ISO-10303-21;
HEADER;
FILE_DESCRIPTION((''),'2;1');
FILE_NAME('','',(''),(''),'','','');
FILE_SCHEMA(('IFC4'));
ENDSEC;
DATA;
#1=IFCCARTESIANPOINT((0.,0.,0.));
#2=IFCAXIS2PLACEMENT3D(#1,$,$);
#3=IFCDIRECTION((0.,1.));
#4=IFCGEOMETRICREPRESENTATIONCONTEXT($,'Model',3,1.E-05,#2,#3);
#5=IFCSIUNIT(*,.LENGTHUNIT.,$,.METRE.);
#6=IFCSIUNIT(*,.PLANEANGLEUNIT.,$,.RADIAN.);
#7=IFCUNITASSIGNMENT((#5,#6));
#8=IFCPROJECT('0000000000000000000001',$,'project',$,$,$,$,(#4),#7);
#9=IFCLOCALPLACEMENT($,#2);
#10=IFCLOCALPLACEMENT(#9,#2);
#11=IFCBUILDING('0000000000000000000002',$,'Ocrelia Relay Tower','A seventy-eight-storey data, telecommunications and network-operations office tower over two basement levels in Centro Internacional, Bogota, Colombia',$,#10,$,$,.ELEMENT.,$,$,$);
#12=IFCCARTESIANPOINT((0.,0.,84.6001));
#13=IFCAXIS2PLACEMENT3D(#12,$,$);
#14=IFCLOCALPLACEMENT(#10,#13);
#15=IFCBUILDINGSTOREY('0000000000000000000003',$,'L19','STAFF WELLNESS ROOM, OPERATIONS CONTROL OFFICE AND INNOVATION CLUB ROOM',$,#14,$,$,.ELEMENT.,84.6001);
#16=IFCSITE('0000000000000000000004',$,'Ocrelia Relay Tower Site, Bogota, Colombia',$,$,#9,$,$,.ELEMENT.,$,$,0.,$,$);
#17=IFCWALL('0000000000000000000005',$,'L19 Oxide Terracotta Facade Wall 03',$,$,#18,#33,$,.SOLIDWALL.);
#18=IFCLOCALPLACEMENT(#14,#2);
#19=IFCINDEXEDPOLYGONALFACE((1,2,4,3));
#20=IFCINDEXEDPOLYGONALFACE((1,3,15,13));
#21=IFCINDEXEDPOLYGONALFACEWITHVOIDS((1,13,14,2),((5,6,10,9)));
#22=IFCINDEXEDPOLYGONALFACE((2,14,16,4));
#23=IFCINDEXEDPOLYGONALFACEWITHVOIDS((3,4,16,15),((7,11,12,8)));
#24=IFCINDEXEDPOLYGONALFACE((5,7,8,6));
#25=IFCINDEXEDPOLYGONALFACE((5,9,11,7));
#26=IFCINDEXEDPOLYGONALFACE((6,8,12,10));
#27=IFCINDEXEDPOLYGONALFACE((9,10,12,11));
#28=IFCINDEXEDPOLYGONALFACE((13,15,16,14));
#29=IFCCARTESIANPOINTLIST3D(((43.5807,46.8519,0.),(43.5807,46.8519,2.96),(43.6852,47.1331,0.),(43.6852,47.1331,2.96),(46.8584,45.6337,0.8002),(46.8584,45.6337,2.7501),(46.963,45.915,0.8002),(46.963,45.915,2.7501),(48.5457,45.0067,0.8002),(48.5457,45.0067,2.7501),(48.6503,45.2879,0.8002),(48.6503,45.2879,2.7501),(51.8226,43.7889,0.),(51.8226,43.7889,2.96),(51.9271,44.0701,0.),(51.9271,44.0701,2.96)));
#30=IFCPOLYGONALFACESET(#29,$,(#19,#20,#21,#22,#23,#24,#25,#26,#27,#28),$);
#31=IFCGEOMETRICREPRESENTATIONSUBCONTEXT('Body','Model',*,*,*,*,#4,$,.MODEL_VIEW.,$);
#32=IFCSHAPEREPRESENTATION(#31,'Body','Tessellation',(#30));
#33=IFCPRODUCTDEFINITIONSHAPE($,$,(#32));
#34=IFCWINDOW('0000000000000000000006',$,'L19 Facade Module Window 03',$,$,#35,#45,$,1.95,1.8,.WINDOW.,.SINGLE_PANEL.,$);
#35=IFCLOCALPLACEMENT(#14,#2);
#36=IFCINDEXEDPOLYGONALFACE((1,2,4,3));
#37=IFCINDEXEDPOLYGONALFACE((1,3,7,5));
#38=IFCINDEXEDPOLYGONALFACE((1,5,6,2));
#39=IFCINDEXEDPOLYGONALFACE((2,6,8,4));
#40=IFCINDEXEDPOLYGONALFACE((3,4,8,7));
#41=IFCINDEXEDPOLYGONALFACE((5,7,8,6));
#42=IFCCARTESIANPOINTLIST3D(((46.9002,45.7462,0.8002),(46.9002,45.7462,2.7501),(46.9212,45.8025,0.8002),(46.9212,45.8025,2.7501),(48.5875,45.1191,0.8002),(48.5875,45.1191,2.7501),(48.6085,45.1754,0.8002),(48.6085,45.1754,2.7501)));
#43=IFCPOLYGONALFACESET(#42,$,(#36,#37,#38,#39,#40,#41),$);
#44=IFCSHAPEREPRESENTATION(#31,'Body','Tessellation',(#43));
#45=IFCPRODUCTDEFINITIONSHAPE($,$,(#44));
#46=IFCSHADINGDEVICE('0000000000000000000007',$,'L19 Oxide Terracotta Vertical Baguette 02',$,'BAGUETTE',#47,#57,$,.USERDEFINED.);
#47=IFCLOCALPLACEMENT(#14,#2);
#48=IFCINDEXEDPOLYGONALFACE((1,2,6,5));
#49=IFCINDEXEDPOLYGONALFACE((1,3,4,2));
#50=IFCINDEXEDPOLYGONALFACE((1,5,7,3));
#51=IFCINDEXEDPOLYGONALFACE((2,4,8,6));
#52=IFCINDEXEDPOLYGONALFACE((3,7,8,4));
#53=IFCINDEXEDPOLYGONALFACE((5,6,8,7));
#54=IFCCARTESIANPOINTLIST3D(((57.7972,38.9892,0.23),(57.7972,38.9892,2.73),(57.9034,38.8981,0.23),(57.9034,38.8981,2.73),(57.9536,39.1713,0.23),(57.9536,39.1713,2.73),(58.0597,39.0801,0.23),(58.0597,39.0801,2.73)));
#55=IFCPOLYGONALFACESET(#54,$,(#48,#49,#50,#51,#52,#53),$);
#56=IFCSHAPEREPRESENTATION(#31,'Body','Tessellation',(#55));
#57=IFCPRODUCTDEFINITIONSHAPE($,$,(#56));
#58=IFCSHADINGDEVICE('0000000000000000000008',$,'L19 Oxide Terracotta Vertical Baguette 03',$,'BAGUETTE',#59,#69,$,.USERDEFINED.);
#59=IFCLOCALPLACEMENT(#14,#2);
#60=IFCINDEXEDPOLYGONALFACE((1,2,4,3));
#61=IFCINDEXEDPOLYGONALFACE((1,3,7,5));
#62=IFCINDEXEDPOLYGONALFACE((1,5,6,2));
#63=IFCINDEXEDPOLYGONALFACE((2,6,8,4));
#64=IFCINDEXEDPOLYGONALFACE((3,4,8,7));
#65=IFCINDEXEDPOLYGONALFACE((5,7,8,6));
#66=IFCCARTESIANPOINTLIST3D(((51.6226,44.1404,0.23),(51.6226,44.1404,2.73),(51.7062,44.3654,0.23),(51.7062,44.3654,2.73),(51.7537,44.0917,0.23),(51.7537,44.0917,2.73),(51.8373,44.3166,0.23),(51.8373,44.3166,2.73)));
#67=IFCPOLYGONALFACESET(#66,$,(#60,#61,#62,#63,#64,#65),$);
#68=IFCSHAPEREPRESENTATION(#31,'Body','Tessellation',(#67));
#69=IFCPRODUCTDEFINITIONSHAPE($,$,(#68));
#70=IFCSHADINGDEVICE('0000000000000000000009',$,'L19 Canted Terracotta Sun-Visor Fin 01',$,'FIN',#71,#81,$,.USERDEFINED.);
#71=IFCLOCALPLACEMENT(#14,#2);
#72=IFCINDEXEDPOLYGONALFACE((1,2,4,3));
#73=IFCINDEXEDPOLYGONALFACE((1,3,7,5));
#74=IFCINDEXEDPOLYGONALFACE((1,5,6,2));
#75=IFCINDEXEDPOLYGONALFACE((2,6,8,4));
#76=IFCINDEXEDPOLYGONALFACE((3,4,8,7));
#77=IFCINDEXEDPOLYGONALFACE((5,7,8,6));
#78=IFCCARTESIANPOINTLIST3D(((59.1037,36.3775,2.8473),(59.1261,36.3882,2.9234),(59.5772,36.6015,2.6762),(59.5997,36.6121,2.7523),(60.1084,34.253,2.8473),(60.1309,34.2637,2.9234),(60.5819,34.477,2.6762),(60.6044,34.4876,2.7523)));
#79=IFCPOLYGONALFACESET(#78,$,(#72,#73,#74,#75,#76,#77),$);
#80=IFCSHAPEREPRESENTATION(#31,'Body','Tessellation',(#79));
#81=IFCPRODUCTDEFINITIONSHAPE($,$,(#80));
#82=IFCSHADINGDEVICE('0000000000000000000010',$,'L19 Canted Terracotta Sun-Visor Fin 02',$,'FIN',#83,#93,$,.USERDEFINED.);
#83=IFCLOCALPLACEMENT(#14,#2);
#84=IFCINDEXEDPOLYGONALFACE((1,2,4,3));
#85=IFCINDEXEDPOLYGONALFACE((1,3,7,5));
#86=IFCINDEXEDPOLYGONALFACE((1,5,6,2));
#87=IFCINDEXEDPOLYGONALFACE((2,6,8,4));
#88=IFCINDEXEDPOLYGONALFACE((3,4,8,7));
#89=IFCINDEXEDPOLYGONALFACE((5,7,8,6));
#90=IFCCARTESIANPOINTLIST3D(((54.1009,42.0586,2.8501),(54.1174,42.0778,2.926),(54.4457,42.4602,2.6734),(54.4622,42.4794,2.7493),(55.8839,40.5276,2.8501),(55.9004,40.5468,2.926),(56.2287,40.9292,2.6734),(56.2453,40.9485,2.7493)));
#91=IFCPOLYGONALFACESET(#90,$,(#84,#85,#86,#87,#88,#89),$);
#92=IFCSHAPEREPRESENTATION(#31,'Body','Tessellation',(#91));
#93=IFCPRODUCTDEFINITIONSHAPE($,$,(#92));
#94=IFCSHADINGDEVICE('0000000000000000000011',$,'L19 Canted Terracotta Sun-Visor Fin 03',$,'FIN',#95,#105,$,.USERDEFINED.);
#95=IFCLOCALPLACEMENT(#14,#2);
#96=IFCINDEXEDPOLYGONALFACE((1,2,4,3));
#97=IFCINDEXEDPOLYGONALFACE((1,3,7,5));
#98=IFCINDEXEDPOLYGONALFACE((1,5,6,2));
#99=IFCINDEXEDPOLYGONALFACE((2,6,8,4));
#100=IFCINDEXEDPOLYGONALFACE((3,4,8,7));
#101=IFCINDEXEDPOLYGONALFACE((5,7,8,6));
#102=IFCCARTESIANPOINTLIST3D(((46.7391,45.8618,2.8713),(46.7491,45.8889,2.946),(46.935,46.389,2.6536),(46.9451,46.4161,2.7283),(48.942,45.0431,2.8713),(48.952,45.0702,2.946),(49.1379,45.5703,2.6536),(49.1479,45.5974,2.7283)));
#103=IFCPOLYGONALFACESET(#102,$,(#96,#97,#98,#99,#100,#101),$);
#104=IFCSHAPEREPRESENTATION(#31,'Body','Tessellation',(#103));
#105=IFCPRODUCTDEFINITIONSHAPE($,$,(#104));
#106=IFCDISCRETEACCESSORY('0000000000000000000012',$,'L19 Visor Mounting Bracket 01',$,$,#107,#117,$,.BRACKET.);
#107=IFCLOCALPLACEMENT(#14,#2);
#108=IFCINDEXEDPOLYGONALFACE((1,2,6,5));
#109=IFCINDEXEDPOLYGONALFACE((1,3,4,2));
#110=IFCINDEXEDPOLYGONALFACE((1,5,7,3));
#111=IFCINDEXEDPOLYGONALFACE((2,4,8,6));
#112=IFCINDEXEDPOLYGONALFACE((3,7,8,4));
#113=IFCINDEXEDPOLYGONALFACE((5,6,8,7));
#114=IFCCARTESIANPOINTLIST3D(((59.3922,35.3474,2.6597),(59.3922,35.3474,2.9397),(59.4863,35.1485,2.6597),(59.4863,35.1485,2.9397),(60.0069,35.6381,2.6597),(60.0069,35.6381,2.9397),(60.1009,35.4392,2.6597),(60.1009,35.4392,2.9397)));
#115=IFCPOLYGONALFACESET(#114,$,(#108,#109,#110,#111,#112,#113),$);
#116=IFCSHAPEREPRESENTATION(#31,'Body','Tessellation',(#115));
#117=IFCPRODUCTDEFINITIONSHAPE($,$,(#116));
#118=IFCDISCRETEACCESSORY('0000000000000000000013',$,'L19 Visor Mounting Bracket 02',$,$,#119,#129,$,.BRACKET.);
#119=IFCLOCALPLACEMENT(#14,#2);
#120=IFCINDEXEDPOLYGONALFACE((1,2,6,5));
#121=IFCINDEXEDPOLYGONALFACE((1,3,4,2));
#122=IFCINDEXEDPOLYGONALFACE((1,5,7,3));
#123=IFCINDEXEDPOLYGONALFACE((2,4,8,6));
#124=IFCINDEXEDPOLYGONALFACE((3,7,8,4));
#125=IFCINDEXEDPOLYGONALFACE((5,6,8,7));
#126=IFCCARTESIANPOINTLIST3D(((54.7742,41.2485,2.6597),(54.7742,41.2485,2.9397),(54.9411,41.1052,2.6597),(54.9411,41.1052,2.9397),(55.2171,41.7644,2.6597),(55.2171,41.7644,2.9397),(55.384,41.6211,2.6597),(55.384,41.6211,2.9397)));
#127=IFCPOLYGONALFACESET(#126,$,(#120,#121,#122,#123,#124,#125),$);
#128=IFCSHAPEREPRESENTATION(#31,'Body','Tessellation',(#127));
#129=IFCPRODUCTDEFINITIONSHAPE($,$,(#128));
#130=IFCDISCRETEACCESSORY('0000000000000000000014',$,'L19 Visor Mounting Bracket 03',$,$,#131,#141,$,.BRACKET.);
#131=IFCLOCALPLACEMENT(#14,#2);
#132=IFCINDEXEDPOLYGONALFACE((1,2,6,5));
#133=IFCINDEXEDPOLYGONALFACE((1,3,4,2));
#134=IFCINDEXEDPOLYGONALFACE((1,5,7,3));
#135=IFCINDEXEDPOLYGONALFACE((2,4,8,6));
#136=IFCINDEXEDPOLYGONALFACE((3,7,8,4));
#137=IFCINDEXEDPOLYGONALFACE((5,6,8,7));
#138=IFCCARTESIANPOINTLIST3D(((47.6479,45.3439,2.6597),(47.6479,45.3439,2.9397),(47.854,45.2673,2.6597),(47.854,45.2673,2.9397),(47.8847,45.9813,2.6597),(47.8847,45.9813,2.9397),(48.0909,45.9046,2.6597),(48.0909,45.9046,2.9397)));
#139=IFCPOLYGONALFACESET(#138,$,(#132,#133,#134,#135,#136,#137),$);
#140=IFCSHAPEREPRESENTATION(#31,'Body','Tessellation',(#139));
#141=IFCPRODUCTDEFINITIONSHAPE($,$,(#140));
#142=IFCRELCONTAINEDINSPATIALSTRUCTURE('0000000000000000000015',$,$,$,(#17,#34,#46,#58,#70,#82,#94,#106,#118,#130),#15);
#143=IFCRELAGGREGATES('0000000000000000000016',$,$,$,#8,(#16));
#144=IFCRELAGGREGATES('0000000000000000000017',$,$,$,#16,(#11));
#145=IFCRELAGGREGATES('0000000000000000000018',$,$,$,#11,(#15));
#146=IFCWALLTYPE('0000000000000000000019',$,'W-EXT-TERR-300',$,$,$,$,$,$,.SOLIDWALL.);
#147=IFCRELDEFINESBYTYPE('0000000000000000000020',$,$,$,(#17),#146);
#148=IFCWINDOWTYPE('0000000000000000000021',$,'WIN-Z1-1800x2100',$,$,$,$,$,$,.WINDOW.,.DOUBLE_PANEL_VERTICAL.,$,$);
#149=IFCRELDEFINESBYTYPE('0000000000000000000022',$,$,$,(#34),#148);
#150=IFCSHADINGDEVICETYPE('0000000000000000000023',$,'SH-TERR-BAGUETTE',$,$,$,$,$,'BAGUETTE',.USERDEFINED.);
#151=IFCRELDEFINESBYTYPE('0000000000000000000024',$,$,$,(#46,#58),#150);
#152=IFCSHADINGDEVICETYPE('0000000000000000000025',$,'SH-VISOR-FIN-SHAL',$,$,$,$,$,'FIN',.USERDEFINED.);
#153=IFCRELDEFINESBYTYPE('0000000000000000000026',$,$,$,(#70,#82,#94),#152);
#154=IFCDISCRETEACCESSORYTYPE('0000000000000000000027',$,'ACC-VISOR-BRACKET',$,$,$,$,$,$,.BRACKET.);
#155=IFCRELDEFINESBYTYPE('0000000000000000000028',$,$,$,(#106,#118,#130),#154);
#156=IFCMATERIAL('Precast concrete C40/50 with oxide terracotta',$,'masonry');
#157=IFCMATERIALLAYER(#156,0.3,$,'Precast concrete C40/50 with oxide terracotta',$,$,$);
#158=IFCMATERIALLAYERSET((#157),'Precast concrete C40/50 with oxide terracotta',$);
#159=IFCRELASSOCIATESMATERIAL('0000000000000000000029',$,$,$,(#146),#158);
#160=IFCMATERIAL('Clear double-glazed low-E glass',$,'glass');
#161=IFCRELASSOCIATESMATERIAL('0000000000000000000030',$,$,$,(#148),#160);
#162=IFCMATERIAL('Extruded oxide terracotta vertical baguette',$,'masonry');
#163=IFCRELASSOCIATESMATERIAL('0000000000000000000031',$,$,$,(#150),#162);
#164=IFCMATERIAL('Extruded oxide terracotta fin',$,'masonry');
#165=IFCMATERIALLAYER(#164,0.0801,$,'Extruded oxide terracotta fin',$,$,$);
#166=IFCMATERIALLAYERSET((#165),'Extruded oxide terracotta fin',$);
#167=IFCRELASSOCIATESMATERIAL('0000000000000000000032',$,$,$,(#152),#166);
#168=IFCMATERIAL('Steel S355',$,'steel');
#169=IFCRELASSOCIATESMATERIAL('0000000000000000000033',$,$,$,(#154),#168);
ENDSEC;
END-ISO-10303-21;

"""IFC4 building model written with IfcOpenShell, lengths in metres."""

from ifc_helpers import new_model, si_unit, direction, frame, frame_2d, origin, origin_2d, place, context, subcontext, project, spatial, rectangle, extrude, material, layer, layer_set, type_object, element, fill, save


model = new_model("IFC4")

# Units and contexts
model_context = context("Model", 3, precision=1e-05, world=origin(), true_north=direction((0.0, 1.0)))
body_context = subcontext(model_context, "Body", "Model", "MODEL_VIEW")
ifc_project = project(units=[si_unit("LENGTHUNIT", "METRE"), si_unit("PLANEANGLEUNIT", "RADIAN")], contexts=[model_context])

# Site, building, storey
site_placement = place(None, origin())
site = spatial("IfcSite", under=ifc_project, at=site_placement, Name="Ocrelia Relay Tower Site, Bogota, Colombia", CompositionType="ELEMENT", RefElevation=0.0)
building_placement = place(site_placement, origin())
building = spatial("IfcBuilding", under=site, at=building_placement, Name="Ocrelia Relay Tower", Description="A seventy-eight-storey data, telecommunications and network-operations office tower over two basement levels in Centro Internacional, Bogota, Colombia", CompositionType="ELEMENT")
storey_placement = place(building_placement, frame((0.0, 0.0, 84.6001)))
storey = spatial("IfcBuildingStorey", under=building, at=storey_placement, Name="L19", Description="STAFF WELLNESS ROOM, OPERATIONS CONTROL OFFICE AND INNOVATION CLUB ROOM", CompositionType="ELEMENT", Elevation=84.6001)

# Shared definitions
ifc_material_1 = material(Name="Steel S355", Category="steel")

# Shared definitions
ifc_material_2 = material(Name="Clear double-glazed low-E glass", Category="glass")

# Wall, opening, window
ifc_material_3 = material(Name="Precast concrete C40/50 with oxide terracotta", Category="masonry")
ifc_layer_1 = layer(ifc_material_3, 0.3, Name="Precast concrete C40/50 with oxide terracotta")
ifc_layer_set_1 = layer_set([ifc_layer_1], Name="Precast concrete C40/50 with oxide terracotta")
wall_type = type_object("IfcWallType", Name="W-EXT-TERR-300", PredefinedType="SOLIDWALL", material=ifc_layer_set_1)
window_type = type_object("IfcWindowType", Name="WIN-Z1-1800x2100", PartitioningType="DOUBLE_PANEL_VERTICAL", PredefinedType="WINDOW", material=ifc_material_2)
wall_1_placement = place(storey_placement, frame((51.875, 43.9294, 0.0), z_axis=(0.0, 0.0, 1.0), x_axis=(-0.937362, 0.348356, 0.0)))
wall_1 = element("IfcWall", 1, at=wall_1_placement, inside=storey, type_object=wall_type, Name="L19 Oxide Terracotta Facade Wall 03", PredefinedType="SOLIDWALL", context=body_context, shape_type="SweptSolid", body=[
    extrude(rectangle(XDim=8.7927, YDim=0.3, at=frame_2d((4.3965, 0.0))), origin(), (0.0, 0.0, 1.0), 2.96),
])
opening_1_placement = place(wall_1_placement, frame((3.4961, 0.0, 0.8)))
opening_1 = element("IfcOpeningElement", 2, at=opening_1_placement, cuts=wall_1, PredefinedType="OPENING", context=body_context, shape_type="SweptSolid", body=[
    extrude(rectangle(XDim=1.8, YDim=1.95, at=frame_2d((0.8999, 0.9751))), frame((0.0, 0.1602, 0.0), z_axis=(0.0, -1.0, 0.0), x_axis=(1.0, 0.0, 0.0)), (0.0, 0.0, 1.0), 0.3201),
])
window_1_placement = place(opening_1_placement, origin())
window_1 = element("IfcWindow", 3, at=window_1_placement, inside=storey, type_object=window_type, Name="L19 Facade Module Window 03", OverallHeight=1.95, OverallWidth=1.8, PartitioningType="SINGLE_PANEL", PredefinedType="WINDOW", context=body_context, shape_type="SweptSolid", body=[
    extrude(rectangle(XDim=1.8, YDim=1.95, at=frame_2d((0.8999, 0.9751))), frame((0.0, 0.03, 0.0), z_axis=(0.0, -1.0, 0.0), x_axis=(1.0, 0.0, 0.0)), (0.0, 0.0, 1.0), 0.0601),
])
fill(opening_1, window_1)

# Shading devices
ifc_material_4 = material(Name="Extruded oxide terracotta vertical baguette", Category="masonry")
shading_device_type_1 = type_object("IfcShadingDeviceType", Name="SH-TERR-BAGUETTE", ElementType="BAGUETTE", PredefinedType="USERDEFINED", material=ifc_material_4)
for number, where, z_axis, x_axis, name in (
    (4, (57.9285, 39.0347, 0.23), (0.0, 0.0, 1.0), (-0.758695, 0.651446, 0.0), "L19 Oxide Terracotta Vertical Baguette 02"),
    (5, (51.73, 44.2285, 0.23), (0.0, 0.0, 1.0), (-0.937358, 0.348369, 0.0), "L19 Oxide Terracotta Vertical Baguette 03"),
):
    element("IfcShadingDevice", number, at=place(storey_placement, frame(where, z_axis=z_axis, x_axis=x_axis)), inside=storey, type_object=shading_device_type_1, Name=name, ObjectType="BAGUETTE", PredefinedType="USERDEFINED", context=body_context, shape_type="SweptSolid", body=[
        extrude(rectangle(XDim=0.1399, YDim=0.24, at=origin_2d()), origin(), (0.0, 0.0, 1.0), 2.5),
    ])
ifc_material_5 = material(Name="Extruded oxide terracotta fin", Category="masonry")
ifc_layer_2 = layer(ifc_material_5, 0.0801, Name="Extruded oxide terracotta fin")
ifc_layer_set_2 = layer_set([ifc_layer_2], Name="Extruded oxide terracotta fin")
shading_device_type_2 = type_object("IfcShadingDeviceType", Name="SH-VISOR-FIN-SHAL", ElementType="FIN", PredefinedType="USERDEFINED", material=ifc_layer_set_2)
shading_device_1_placement = place(storey_placement, frame((59.8428, 35.4272, 2.7617), z_axis=(0.280704, 0.132749, 0.95057), x_axis=(-0.427517, 0.904007, 0.0)))
element("IfcShadingDevice", 6, at=shading_device_1_placement, inside=storey, type_object=shading_device_type_2, Name="L19 Canted Terracotta Sun-Visor Fin 01", ObjectType="FIN", PredefinedType="USERDEFINED", context=body_context, shape_type="SweptSolid", body=[
    extrude(rectangle(XDim=2.3501, YDim=0.551, at=origin_2d()), origin(), (0.0, 0.0, 1.0), 0.0801),
])
shading_device_2_placement = place(storey_placement, frame((55.1648, 41.4939, 2.7617), z_axis=(0.206276, 0.240235, 0.948545), x_axis=(-0.758695, 0.651446, 0.0)))
element("IfcShadingDevice", 7, at=shading_device_2_placement, inside=storey, type_object=shading_device_type_2, Name="L19 Canted Terracotta Sun-Visor Fin 02", ObjectType="FIN", PredefinedType="USERDEFINED", context=body_context, shape_type="SweptSolid", body=[
    extrude(rectangle(XDim=2.3501, YDim=0.5581, at=origin_2d()), origin(), (0.0, 0.0, 1.0), 0.0801),
])
shading_device_3_placement = place(storey_placement, frame((47.9385, 45.7161, 2.7625), z_axis=(0.125752, 0.338361, 0.932576), x_axis=(-0.937358, 0.348369, 0.0)))
element("IfcShadingDevice", 8, at=shading_device_3_placement, inside=storey, type_object=shading_device_type_2, Name="L19 Canted Terracotta Sun-Visor Fin 03", ObjectType="FIN", PredefinedType="USERDEFINED", context=body_context, shape_type="SweptSolid", body=[
    extrude(rectangle(XDim=2.3501, YDim=0.603, at=origin_2d()), origin(), (0.0, 0.0, 1.0), 0.0801),
])

# Discrete accessories
discrete_accessory_type = type_object("IfcDiscreteAccessoryType", Name="ACC-VISOR-BRACKET", PredefinedType="BRACKET", material=ifc_material_1)
for number, where, z_axis, x_axis, name in (
    (9, (59.7466, 35.3933, 2.6597), (0.0, 0.0, 1.0), (-0.427517, 0.904007, 0.0), "L19 Visor Mounting Bracket 01"),
    (10, (55.0791, 41.4348, 2.6597), (0.0, 0.0, 1.0), (-0.758695, 0.651446, 0.0), "L19 Visor Mounting Bracket 02"),
    (11, (47.8694, 45.6243, 2.6597), (0.0, 0.0, 1.0), (-0.937358, 0.348369, 0.0), "L19 Visor Mounting Bracket 03"),
):
    element("IfcDiscreteAccessory", number, at=place(storey_placement, frame(where, z_axis=z_axis, x_axis=x_axis)), inside=storey, type_object=discrete_accessory_type, Name=name, PredefinedType="BRACKET", context=body_context, shape_type="SweptSolid", body=[
        extrude(rectangle(XDim=0.22, YDim=0.6799, at=origin_2d()), origin(), (0.0, 0.0, 1.0), 0.28),
    ])

save(model, "model.ifc")
